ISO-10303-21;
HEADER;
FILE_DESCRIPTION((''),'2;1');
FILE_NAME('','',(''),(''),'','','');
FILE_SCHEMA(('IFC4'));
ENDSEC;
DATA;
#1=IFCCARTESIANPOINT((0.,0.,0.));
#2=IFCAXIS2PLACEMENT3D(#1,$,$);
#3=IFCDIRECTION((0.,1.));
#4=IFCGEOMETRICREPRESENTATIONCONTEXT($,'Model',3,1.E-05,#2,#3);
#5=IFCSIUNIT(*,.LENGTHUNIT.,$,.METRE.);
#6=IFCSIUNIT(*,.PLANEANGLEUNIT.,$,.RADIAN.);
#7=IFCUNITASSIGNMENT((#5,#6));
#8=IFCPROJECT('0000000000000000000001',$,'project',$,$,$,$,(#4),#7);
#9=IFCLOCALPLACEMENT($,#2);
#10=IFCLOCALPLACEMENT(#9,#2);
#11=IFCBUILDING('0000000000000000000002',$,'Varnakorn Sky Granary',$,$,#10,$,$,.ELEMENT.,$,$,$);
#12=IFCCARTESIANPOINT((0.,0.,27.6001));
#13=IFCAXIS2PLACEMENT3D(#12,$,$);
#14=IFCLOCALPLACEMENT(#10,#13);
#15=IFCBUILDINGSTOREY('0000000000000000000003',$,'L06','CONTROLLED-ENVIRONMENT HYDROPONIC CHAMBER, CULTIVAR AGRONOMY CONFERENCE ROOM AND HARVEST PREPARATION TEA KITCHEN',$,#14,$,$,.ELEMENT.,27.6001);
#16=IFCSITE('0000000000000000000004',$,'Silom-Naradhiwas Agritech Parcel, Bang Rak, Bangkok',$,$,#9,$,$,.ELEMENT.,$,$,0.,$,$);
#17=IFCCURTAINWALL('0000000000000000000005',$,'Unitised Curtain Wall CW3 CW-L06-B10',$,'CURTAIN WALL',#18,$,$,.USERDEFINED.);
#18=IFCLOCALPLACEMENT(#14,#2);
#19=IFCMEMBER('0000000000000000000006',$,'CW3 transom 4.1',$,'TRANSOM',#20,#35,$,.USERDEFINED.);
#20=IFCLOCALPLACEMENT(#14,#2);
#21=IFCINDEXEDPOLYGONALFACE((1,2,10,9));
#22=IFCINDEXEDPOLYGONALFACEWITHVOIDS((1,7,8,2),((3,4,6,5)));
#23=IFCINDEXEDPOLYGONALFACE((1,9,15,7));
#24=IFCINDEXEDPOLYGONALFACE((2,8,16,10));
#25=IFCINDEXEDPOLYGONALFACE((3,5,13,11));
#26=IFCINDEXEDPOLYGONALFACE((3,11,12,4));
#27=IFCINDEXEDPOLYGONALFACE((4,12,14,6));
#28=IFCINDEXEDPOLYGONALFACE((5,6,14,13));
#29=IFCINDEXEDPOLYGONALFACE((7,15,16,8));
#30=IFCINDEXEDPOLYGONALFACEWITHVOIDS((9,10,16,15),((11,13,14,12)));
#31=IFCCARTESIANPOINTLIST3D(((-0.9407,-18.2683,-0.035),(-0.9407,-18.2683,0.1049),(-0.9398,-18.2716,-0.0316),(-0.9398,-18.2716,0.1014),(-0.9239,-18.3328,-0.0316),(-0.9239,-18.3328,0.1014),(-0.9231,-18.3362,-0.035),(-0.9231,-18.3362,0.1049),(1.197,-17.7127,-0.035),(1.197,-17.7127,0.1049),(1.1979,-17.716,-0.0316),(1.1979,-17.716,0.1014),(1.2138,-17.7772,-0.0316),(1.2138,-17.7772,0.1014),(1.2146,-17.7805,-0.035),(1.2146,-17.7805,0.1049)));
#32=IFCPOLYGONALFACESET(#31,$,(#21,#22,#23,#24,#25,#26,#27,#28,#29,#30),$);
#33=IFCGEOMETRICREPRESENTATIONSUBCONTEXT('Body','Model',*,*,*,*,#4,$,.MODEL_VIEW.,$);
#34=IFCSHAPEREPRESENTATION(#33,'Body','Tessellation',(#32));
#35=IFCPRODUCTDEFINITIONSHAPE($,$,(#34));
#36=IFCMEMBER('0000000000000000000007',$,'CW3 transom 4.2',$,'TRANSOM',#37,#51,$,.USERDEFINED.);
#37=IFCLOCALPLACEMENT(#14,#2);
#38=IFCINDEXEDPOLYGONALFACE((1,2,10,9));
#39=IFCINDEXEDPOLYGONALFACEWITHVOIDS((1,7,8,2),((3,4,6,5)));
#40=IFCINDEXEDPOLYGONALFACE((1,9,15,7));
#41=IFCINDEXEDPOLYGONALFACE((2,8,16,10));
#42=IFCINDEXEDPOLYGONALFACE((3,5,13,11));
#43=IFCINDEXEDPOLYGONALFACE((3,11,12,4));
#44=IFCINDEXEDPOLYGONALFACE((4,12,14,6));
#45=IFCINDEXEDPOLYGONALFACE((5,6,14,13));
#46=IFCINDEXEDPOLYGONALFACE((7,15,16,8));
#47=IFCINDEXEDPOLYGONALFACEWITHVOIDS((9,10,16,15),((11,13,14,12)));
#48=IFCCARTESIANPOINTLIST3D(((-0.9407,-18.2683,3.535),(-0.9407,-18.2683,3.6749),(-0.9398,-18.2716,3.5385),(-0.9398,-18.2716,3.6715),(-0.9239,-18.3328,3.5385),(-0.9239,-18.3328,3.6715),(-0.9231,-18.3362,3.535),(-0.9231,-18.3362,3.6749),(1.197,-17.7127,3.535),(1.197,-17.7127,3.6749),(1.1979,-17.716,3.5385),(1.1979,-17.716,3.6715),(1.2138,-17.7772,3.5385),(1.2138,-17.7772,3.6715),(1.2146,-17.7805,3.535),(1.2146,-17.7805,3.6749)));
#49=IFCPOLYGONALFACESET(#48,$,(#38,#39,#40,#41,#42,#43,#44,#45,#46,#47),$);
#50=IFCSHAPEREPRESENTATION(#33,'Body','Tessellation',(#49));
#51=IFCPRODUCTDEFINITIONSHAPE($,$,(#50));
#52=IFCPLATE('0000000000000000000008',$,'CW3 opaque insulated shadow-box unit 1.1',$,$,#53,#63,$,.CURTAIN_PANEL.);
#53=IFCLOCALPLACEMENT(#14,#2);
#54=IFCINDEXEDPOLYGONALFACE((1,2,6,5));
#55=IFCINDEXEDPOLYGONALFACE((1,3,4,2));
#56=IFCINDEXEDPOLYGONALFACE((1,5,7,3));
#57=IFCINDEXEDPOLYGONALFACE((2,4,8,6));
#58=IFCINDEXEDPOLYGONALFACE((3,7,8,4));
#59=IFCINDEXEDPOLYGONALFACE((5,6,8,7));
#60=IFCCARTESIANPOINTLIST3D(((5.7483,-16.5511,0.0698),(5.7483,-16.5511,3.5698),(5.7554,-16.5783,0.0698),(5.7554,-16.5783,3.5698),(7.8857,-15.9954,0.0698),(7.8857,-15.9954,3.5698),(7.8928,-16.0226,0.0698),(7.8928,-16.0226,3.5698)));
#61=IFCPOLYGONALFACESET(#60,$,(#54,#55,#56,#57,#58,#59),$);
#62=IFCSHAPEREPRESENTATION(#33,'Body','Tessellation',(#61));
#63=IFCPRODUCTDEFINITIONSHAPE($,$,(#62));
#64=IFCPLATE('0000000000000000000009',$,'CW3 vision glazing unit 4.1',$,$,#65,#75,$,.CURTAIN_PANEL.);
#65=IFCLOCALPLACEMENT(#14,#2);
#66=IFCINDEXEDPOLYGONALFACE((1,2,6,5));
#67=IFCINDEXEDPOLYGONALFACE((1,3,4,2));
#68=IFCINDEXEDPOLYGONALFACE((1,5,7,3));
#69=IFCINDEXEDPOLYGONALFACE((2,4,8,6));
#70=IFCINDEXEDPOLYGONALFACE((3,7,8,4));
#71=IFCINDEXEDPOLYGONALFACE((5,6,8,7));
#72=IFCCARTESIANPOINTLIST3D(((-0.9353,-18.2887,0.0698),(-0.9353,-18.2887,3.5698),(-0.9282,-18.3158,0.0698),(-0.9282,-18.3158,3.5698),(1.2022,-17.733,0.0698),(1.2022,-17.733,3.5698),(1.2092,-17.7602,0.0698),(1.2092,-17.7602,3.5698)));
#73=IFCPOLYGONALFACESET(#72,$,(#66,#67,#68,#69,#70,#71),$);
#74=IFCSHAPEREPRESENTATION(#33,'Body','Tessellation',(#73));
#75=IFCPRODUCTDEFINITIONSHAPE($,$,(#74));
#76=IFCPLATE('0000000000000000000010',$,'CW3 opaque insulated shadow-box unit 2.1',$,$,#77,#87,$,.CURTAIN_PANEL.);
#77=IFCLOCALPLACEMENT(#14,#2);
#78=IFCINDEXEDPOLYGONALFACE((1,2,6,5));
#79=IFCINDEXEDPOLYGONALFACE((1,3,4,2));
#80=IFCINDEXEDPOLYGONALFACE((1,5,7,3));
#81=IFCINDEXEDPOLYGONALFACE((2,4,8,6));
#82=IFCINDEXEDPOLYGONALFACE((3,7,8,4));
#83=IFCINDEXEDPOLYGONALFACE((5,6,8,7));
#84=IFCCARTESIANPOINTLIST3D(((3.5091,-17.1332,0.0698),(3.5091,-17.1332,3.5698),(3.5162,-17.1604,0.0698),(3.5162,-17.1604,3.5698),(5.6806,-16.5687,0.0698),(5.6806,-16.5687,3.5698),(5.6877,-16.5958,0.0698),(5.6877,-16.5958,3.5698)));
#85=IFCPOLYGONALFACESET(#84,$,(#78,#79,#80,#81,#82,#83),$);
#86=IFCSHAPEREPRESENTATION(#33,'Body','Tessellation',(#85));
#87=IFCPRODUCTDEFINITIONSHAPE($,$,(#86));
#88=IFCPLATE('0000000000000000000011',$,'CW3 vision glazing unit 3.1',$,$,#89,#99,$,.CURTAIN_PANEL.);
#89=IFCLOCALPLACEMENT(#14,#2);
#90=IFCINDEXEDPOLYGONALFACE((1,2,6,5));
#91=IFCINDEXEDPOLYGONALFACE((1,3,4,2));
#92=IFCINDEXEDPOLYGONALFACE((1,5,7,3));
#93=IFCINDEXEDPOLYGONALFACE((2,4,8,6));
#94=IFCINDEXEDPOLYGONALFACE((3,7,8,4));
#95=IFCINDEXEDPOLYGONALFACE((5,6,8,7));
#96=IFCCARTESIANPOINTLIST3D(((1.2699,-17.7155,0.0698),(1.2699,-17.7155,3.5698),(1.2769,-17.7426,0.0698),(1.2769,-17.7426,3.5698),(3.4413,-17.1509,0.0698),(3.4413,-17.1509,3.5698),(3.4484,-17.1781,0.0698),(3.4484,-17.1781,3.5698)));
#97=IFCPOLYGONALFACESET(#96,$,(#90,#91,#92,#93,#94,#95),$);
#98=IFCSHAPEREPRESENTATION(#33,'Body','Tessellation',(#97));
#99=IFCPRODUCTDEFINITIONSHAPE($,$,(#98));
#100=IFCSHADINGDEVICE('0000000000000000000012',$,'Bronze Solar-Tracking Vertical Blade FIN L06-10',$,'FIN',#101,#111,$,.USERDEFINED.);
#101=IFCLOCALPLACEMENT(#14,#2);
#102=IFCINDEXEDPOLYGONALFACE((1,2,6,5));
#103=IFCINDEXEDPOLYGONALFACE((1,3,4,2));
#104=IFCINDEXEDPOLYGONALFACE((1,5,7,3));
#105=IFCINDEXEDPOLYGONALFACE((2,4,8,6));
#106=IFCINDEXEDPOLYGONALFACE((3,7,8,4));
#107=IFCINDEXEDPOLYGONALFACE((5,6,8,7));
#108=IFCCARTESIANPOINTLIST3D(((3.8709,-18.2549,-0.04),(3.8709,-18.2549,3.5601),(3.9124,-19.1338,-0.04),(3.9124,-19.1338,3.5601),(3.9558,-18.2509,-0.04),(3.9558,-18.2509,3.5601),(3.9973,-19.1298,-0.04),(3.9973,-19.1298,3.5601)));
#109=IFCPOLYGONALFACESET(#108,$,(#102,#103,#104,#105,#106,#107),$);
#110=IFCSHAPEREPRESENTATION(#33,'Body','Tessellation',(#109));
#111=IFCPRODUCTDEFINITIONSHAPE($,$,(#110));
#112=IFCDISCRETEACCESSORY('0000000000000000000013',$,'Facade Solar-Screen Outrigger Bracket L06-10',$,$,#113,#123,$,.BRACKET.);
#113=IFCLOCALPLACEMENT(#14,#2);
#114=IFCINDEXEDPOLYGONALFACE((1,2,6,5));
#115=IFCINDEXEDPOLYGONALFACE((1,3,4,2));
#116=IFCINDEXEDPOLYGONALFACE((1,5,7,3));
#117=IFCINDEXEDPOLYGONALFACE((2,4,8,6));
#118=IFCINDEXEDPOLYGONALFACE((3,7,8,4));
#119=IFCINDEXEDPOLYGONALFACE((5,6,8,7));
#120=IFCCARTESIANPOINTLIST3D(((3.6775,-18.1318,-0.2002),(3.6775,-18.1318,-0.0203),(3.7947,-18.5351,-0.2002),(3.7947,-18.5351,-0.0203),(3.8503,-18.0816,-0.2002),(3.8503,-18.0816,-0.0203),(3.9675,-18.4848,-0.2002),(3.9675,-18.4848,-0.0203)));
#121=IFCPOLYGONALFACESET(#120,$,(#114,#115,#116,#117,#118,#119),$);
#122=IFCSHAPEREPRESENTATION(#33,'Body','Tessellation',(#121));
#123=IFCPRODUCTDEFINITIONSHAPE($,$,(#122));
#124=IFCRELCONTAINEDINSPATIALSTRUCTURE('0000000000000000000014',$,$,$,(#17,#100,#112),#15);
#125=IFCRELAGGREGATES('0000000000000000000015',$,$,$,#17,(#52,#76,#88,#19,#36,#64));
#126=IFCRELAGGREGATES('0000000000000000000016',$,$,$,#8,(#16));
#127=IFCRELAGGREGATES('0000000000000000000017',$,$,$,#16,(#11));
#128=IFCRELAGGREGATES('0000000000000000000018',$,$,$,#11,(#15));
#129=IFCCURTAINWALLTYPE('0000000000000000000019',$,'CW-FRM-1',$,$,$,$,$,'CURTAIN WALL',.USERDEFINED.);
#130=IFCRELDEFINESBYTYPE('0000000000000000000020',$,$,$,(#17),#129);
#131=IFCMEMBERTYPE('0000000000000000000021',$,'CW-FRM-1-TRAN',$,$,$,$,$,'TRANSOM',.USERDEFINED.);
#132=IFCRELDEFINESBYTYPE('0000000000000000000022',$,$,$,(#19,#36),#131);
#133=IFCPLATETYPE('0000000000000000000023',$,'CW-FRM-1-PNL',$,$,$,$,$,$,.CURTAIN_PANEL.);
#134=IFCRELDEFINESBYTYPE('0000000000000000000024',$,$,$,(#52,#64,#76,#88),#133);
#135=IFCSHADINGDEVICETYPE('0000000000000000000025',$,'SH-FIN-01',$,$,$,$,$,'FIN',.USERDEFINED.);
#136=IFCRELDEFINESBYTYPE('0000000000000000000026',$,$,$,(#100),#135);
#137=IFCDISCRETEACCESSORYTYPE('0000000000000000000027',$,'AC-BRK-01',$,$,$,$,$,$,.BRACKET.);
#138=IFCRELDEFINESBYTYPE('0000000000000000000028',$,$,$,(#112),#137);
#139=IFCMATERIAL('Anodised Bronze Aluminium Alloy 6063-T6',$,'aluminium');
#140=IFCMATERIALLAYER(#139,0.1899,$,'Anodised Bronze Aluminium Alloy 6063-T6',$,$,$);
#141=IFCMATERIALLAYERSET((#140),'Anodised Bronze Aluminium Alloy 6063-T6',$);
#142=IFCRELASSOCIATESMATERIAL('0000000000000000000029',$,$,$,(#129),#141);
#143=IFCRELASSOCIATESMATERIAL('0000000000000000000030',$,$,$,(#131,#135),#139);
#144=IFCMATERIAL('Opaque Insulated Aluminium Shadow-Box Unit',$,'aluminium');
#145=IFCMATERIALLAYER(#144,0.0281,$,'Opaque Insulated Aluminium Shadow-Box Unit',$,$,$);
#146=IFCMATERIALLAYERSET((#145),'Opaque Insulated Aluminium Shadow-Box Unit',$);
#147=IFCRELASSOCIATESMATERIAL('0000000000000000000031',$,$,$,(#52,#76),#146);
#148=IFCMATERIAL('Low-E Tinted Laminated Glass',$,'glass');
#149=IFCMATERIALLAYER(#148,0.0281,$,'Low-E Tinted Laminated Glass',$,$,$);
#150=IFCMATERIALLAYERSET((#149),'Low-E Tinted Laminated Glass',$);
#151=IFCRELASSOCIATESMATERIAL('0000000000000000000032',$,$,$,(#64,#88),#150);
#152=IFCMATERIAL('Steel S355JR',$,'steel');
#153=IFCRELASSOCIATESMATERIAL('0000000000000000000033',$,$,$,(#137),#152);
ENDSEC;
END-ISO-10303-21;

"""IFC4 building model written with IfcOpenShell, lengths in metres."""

from ifc_helpers import new_model, si_unit, direction, frame, origin, origin_2d, place, context, subcontext, project, spatial, rectangle, hollow_rectangle, extrude, source, transform, mapped, material, layer, layer_set, material_profile, profile_set, type_object, type_shapes, element, aggregate, save


model = new_model("IFC4")

# Units and contexts
model_context = context("Model", 3, precision=1e-05, world=origin(), true_north=direction((0.0, 1.0)))
body_context = subcontext(model_context, "Body", "Model", "MODEL_VIEW")
ifc_project = project(units=[si_unit("LENGTHUNIT", "METRE"), si_unit("PLANEANGLEUNIT", "RADIAN")], contexts=[model_context])

# Site, building, storey
site_placement = place(None, origin())
site = spatial("IfcSite", under=ifc_project, at=site_placement, Name="Silom-Naradhiwas Agritech Parcel, Bang Rak, Bangkok", CompositionType="ELEMENT", RefElevation=0.0)
building_placement = place(site_placement, origin())
building = spatial("IfcBuilding", under=site, at=building_placement, Name="Varnakorn Sky Granary", CompositionType="ELEMENT")
storey_placement = place(building_placement, frame((0.0, 0.0, 27.6001)))
storey = spatial("IfcBuildingStorey", under=building, at=storey_placement, Name="L06", Description="CONTROLLED-ENVIRONMENT HYDROPONIC CHAMBER, CULTIVAR AGRONOMY CONFERENCE ROOM AND HARVEST PREPARATION TEA KITCHEN", CompositionType="ELEMENT", Elevation=27.6001)

# Curtain wall, members, plates
ifc_material_1 = material(Name="Anodised Bronze Aluminium Alloy 6063-T6", Category="aluminium")
ifc_layer_1 = layer(ifc_material_1, 0.1899, Name="Anodised Bronze Aluminium Alloy 6063-T6")
ifc_layer_set_1 = layer_set([ifc_layer_1], Name="Anodised Bronze Aluminium Alloy 6063-T6")
curtain_wall_type = type_object("IfcCurtainWallType", Name="CW-FRM-1", ElementType="CURTAIN WALL", PredefinedType="USERDEFINED", material=ifc_layer_set_1)
curtain_wall_placement = place(storey_placement, origin())
curtain_wall = element("IfcCurtainWall", 1, at=curtain_wall_placement, inside=storey, type_object=curtain_wall_type, Name="Unitised Curtain Wall CW3 CW-L06-B10", ObjectType="CURTAIN WALL", PredefinedType="USERDEFINED")
ifc_material_profile_1 = material_profile(ifc_material_1, hollow_rectangle(XDim=0.0701, YDim=0.1399, WallThickness=0.0034, at=origin_2d()), Name="ALU TRAN 70x140")
ifc_profile_set_1 = profile_set([ifc_material_profile_1], Name="Anodised Bronze Aluminium Alloy 6063-T6")
member_type_1 = type_object("IfcMemberType", Name="CW-FRM-1-TRAN", ElementType="TRANSOM", PredefinedType="USERDEFINED", material=ifc_profile_set_1)
member_1_placement = place(storey_placement, frame((1.2058, -17.7466, 0.0349), z_axis=(-0.967838, -0.251576, 0.0), x_axis=(0.251576, -0.967838, 0.0)))
member_1 = element("IfcMember", 2, at=member_1_placement, type_object=member_type_1, Name="CW3 transom 4.1", ObjectType="TRANSOM", PredefinedType="USERDEFINED", context=body_context, shape_type="SweptSolid", body=[
    extrude(hollow_rectangle(XDim=0.0701, YDim=0.1399, WallThickness=0.0034, at=origin_2d()), origin(), (0.0, 0.0, 1.0), 2.2087),
])
member_2_placement = place(storey_placement, frame((1.2058, -17.7466, 3.605), z_axis=(-0.967838, -0.251576, 0.0), x_axis=(0.251576, -0.967838, 0.0)))
member_2 = element("IfcMember", 3, at=member_2_placement, type_object=member_type_1, Name="CW3 transom 4.2", ObjectType="TRANSOM", PredefinedType="USERDEFINED", context=body_context, shape_type="SweptSolid", body=[
    extrude(hollow_rectangle(XDim=0.0701, YDim=0.1399, WallThickness=0.0034, at=origin_2d()), origin(), (0.0, 0.0, 1.0), 2.2087),
])
ifc_material_2 = material(Name="Opaque Insulated Aluminium Shadow-Box Unit", Category="aluminium")
ifc_layer_2 = layer(ifc_material_2, 0.0281, Name="Opaque Insulated Aluminium Shadow-Box Unit")
ifc_layer_set_2 = layer_set([ifc_layer_2], Name="Opaque Insulated Aluminium Shadow-Box Unit")
plate_type = type_object("IfcPlateType", Name="CW-FRM-1-PNL", PredefinedType="CURTAIN_PANEL")
shared_shape_1 = source(origin(), body_context, "Body", "SweptSolid", [
    extrude(rectangle(XDim=2.2085, YDim=0.0281, at=origin_2d()), origin(), (0.0, 0.0, 1.0), 3.5),
])
plate_1_placement = place(storey_placement, frame((6.8206, -16.2869, 0.0698), z_axis=(0.0, 0.0, 1.0), x_axis=(-0.967829, -0.251609, 0.0)))
plate_1 = element("IfcPlate", 4, at=plate_1_placement, type_object=plate_type, material=ifc_layer_set_2, Name="CW3 opaque insulated shadow-box unit 1.1", PredefinedType="CURTAIN_PANEL", context=body_context, shape_type="MappedRepresentation", body=[
    mapped(shared_shape_1, transform((0.0, 0.0, 0.0), x_axis=(1.0, 0.0, 0.0), y_axis=(0.0, 1.0, 0.0), z_axis=(0.0, 0.0, 1.0), scale=1.0)),
])
ifc_material_3 = material(Name="Low-E Tinted Laminated Glass", Category="glass")
ifc_layer_3 = layer(ifc_material_3, 0.0281, Name="Low-E Tinted Laminated Glass")
ifc_layer_set_3 = layer_set([ifc_layer_3], Name="Low-E Tinted Laminated Glass")
plate_2_placement = place(storey_placement, frame((0.137, -18.0244, 0.0698), z_axis=(0.0, 0.0, 1.0), x_axis=(-0.967829, -0.251609, 0.0)))
plate_2 = element("IfcPlate", 5, at=plate_2_placement, type_object=plate_type, material=ifc_layer_set_3, Name="CW3 vision glazing unit 4.1", PredefinedType="CURTAIN_PANEL", context=body_context, shape_type="MappedRepresentation", body=[
    mapped(shared_shape_1, transform((0.0, 0.0, 0.0), x_axis=(1.0, 0.0, 0.0), y_axis=(0.0, 1.0, 0.0), z_axis=(0.0, 0.0, 1.0), scale=1.0)),
])
shared_shape_2 = source(origin(), body_context, "Body", "SweptSolid", [
    extrude(rectangle(XDim=2.2437, YDim=0.0281, at=origin_2d()), origin(), (0.0, 0.0, 1.0), 3.5),
])
type_shapes(plate_type, [shared_shape_1, shared_shape_2])
plate_3_placement = place(storey_placement, frame((4.5984, -16.8645, 0.0698), z_axis=(0.0, 0.0, 1.0), x_axis=(-0.967829, -0.251609, 0.0)))
plate_3 = element("IfcPlate", 6, at=plate_3_placement, type_object=plate_type, material=ifc_layer_set_2, Name="CW3 opaque insulated shadow-box unit 2.1", PredefinedType="CURTAIN_PANEL", context=body_context, shape_type="MappedRepresentation", body=[
    mapped(shared_shape_2, transform((0.0, 0.0, 0.0), x_axis=(1.0, 0.0, 0.0), y_axis=(0.0, 1.0, 0.0), z_axis=(0.0, 0.0, 1.0), scale=1.0)),
])
plate_4_placement = place(storey_placement, frame((2.3591, -17.4468, 0.0698), z_axis=(0.0, 0.0, 1.0), x_axis=(-0.967829, -0.251609, 0.0)))
plate_4 = element("IfcPlate", 7, at=plate_4_placement, type_object=plate_type, material=ifc_layer_set_3, Name="CW3 vision glazing unit 3.1", PredefinedType="CURTAIN_PANEL", context=body_context, shape_type="MappedRepresentation", body=[
    mapped(shared_shape_2, transform((0.0, 0.0, 0.0), x_axis=(1.0, 0.0, 0.0), y_axis=(0.0, 1.0, 0.0), z_axis=(0.0, 0.0, 1.0), scale=1.0)),
])
aggregate(curtain_wall, [plate_1, plate_3, plate_4, member_1, member_2, plate_2])

# Shading device
shading_device_type = type_object("IfcShadingDeviceType", Name="SH-FIN-01", ElementType="FIN", PredefinedType="USERDEFINED", material=ifc_material_1)
shared_shape_3 = source(origin(), body_context, "Body", "SweptSolid", [
    extrude(rectangle(XDim=0.085, YDim=0.8799, at=origin_2d()), origin(), (0.0, 0.0, 1.0), 3.6001),
])
type_shapes(shading_device_type, [shared_shape_3])
shading_device_placement = place(storey_placement, frame((3.9341, -18.6924, -0.04), z_axis=(0.0, 0.0, 1.0), x_axis=(0.998887, 0.047168, 0.0)))
element("IfcShadingDevice", 8, at=shading_device_placement, inside=storey, type_object=shading_device_type, Name="Bronze Solar-Tracking Vertical Blade FIN L06-10", ObjectType="FIN", PredefinedType="USERDEFINED", context=body_context, shape_type="MappedRepresentation", body=[
    mapped(shared_shape_3, transform((0.0, 0.0, 0.0), x_axis=(1.0, 0.0, 0.0), y_axis=(0.0, 1.0, 0.0), z_axis=(0.0, 0.0, 1.0), scale=1.0)),
])

# Discrete accessory
ifc_material_4 = material(Name="Steel S355JR", Category="steel")
discrete_accessory_type = type_object("IfcDiscreteAccessoryType", Name="AC-BRK-01", PredefinedType="BRACKET", material=ifc_material_4)
shared_shape_4 = source(origin(), body_context, "Body", "SweptSolid", [
    extrude(rectangle(XDim=0.1799, YDim=0.4199, at=origin_2d()), origin(), (0.0, 0.0, 1.0), 0.1799),
])
type_shapes(discrete_accessory_type, [shared_shape_4])
discrete_accessory_placement = place(storey_placement, frame((3.8225, -18.3083, -0.2002), z_axis=(0.0, 0.0, 1.0), x_axis=(0.960246, 0.279156, 0.0)))
element("IfcDiscreteAccessory", 9, at=discrete_accessory_placement, inside=storey, type_object=discrete_accessory_type, Name="Facade Solar-Screen Outrigger Bracket L06-10", PredefinedType="BRACKET", context=body_context, shape_type="MappedRepresentation", body=[
    mapped(shared_shape_4, transform((0.0, 0.0, 0.0), x_axis=(1.0, 0.0, 0.0), y_axis=(0.0, 1.0, 0.0), z_axis=(0.0, 0.0, 1.0), scale=1.0)),
])

save(model, "model.ifc")
